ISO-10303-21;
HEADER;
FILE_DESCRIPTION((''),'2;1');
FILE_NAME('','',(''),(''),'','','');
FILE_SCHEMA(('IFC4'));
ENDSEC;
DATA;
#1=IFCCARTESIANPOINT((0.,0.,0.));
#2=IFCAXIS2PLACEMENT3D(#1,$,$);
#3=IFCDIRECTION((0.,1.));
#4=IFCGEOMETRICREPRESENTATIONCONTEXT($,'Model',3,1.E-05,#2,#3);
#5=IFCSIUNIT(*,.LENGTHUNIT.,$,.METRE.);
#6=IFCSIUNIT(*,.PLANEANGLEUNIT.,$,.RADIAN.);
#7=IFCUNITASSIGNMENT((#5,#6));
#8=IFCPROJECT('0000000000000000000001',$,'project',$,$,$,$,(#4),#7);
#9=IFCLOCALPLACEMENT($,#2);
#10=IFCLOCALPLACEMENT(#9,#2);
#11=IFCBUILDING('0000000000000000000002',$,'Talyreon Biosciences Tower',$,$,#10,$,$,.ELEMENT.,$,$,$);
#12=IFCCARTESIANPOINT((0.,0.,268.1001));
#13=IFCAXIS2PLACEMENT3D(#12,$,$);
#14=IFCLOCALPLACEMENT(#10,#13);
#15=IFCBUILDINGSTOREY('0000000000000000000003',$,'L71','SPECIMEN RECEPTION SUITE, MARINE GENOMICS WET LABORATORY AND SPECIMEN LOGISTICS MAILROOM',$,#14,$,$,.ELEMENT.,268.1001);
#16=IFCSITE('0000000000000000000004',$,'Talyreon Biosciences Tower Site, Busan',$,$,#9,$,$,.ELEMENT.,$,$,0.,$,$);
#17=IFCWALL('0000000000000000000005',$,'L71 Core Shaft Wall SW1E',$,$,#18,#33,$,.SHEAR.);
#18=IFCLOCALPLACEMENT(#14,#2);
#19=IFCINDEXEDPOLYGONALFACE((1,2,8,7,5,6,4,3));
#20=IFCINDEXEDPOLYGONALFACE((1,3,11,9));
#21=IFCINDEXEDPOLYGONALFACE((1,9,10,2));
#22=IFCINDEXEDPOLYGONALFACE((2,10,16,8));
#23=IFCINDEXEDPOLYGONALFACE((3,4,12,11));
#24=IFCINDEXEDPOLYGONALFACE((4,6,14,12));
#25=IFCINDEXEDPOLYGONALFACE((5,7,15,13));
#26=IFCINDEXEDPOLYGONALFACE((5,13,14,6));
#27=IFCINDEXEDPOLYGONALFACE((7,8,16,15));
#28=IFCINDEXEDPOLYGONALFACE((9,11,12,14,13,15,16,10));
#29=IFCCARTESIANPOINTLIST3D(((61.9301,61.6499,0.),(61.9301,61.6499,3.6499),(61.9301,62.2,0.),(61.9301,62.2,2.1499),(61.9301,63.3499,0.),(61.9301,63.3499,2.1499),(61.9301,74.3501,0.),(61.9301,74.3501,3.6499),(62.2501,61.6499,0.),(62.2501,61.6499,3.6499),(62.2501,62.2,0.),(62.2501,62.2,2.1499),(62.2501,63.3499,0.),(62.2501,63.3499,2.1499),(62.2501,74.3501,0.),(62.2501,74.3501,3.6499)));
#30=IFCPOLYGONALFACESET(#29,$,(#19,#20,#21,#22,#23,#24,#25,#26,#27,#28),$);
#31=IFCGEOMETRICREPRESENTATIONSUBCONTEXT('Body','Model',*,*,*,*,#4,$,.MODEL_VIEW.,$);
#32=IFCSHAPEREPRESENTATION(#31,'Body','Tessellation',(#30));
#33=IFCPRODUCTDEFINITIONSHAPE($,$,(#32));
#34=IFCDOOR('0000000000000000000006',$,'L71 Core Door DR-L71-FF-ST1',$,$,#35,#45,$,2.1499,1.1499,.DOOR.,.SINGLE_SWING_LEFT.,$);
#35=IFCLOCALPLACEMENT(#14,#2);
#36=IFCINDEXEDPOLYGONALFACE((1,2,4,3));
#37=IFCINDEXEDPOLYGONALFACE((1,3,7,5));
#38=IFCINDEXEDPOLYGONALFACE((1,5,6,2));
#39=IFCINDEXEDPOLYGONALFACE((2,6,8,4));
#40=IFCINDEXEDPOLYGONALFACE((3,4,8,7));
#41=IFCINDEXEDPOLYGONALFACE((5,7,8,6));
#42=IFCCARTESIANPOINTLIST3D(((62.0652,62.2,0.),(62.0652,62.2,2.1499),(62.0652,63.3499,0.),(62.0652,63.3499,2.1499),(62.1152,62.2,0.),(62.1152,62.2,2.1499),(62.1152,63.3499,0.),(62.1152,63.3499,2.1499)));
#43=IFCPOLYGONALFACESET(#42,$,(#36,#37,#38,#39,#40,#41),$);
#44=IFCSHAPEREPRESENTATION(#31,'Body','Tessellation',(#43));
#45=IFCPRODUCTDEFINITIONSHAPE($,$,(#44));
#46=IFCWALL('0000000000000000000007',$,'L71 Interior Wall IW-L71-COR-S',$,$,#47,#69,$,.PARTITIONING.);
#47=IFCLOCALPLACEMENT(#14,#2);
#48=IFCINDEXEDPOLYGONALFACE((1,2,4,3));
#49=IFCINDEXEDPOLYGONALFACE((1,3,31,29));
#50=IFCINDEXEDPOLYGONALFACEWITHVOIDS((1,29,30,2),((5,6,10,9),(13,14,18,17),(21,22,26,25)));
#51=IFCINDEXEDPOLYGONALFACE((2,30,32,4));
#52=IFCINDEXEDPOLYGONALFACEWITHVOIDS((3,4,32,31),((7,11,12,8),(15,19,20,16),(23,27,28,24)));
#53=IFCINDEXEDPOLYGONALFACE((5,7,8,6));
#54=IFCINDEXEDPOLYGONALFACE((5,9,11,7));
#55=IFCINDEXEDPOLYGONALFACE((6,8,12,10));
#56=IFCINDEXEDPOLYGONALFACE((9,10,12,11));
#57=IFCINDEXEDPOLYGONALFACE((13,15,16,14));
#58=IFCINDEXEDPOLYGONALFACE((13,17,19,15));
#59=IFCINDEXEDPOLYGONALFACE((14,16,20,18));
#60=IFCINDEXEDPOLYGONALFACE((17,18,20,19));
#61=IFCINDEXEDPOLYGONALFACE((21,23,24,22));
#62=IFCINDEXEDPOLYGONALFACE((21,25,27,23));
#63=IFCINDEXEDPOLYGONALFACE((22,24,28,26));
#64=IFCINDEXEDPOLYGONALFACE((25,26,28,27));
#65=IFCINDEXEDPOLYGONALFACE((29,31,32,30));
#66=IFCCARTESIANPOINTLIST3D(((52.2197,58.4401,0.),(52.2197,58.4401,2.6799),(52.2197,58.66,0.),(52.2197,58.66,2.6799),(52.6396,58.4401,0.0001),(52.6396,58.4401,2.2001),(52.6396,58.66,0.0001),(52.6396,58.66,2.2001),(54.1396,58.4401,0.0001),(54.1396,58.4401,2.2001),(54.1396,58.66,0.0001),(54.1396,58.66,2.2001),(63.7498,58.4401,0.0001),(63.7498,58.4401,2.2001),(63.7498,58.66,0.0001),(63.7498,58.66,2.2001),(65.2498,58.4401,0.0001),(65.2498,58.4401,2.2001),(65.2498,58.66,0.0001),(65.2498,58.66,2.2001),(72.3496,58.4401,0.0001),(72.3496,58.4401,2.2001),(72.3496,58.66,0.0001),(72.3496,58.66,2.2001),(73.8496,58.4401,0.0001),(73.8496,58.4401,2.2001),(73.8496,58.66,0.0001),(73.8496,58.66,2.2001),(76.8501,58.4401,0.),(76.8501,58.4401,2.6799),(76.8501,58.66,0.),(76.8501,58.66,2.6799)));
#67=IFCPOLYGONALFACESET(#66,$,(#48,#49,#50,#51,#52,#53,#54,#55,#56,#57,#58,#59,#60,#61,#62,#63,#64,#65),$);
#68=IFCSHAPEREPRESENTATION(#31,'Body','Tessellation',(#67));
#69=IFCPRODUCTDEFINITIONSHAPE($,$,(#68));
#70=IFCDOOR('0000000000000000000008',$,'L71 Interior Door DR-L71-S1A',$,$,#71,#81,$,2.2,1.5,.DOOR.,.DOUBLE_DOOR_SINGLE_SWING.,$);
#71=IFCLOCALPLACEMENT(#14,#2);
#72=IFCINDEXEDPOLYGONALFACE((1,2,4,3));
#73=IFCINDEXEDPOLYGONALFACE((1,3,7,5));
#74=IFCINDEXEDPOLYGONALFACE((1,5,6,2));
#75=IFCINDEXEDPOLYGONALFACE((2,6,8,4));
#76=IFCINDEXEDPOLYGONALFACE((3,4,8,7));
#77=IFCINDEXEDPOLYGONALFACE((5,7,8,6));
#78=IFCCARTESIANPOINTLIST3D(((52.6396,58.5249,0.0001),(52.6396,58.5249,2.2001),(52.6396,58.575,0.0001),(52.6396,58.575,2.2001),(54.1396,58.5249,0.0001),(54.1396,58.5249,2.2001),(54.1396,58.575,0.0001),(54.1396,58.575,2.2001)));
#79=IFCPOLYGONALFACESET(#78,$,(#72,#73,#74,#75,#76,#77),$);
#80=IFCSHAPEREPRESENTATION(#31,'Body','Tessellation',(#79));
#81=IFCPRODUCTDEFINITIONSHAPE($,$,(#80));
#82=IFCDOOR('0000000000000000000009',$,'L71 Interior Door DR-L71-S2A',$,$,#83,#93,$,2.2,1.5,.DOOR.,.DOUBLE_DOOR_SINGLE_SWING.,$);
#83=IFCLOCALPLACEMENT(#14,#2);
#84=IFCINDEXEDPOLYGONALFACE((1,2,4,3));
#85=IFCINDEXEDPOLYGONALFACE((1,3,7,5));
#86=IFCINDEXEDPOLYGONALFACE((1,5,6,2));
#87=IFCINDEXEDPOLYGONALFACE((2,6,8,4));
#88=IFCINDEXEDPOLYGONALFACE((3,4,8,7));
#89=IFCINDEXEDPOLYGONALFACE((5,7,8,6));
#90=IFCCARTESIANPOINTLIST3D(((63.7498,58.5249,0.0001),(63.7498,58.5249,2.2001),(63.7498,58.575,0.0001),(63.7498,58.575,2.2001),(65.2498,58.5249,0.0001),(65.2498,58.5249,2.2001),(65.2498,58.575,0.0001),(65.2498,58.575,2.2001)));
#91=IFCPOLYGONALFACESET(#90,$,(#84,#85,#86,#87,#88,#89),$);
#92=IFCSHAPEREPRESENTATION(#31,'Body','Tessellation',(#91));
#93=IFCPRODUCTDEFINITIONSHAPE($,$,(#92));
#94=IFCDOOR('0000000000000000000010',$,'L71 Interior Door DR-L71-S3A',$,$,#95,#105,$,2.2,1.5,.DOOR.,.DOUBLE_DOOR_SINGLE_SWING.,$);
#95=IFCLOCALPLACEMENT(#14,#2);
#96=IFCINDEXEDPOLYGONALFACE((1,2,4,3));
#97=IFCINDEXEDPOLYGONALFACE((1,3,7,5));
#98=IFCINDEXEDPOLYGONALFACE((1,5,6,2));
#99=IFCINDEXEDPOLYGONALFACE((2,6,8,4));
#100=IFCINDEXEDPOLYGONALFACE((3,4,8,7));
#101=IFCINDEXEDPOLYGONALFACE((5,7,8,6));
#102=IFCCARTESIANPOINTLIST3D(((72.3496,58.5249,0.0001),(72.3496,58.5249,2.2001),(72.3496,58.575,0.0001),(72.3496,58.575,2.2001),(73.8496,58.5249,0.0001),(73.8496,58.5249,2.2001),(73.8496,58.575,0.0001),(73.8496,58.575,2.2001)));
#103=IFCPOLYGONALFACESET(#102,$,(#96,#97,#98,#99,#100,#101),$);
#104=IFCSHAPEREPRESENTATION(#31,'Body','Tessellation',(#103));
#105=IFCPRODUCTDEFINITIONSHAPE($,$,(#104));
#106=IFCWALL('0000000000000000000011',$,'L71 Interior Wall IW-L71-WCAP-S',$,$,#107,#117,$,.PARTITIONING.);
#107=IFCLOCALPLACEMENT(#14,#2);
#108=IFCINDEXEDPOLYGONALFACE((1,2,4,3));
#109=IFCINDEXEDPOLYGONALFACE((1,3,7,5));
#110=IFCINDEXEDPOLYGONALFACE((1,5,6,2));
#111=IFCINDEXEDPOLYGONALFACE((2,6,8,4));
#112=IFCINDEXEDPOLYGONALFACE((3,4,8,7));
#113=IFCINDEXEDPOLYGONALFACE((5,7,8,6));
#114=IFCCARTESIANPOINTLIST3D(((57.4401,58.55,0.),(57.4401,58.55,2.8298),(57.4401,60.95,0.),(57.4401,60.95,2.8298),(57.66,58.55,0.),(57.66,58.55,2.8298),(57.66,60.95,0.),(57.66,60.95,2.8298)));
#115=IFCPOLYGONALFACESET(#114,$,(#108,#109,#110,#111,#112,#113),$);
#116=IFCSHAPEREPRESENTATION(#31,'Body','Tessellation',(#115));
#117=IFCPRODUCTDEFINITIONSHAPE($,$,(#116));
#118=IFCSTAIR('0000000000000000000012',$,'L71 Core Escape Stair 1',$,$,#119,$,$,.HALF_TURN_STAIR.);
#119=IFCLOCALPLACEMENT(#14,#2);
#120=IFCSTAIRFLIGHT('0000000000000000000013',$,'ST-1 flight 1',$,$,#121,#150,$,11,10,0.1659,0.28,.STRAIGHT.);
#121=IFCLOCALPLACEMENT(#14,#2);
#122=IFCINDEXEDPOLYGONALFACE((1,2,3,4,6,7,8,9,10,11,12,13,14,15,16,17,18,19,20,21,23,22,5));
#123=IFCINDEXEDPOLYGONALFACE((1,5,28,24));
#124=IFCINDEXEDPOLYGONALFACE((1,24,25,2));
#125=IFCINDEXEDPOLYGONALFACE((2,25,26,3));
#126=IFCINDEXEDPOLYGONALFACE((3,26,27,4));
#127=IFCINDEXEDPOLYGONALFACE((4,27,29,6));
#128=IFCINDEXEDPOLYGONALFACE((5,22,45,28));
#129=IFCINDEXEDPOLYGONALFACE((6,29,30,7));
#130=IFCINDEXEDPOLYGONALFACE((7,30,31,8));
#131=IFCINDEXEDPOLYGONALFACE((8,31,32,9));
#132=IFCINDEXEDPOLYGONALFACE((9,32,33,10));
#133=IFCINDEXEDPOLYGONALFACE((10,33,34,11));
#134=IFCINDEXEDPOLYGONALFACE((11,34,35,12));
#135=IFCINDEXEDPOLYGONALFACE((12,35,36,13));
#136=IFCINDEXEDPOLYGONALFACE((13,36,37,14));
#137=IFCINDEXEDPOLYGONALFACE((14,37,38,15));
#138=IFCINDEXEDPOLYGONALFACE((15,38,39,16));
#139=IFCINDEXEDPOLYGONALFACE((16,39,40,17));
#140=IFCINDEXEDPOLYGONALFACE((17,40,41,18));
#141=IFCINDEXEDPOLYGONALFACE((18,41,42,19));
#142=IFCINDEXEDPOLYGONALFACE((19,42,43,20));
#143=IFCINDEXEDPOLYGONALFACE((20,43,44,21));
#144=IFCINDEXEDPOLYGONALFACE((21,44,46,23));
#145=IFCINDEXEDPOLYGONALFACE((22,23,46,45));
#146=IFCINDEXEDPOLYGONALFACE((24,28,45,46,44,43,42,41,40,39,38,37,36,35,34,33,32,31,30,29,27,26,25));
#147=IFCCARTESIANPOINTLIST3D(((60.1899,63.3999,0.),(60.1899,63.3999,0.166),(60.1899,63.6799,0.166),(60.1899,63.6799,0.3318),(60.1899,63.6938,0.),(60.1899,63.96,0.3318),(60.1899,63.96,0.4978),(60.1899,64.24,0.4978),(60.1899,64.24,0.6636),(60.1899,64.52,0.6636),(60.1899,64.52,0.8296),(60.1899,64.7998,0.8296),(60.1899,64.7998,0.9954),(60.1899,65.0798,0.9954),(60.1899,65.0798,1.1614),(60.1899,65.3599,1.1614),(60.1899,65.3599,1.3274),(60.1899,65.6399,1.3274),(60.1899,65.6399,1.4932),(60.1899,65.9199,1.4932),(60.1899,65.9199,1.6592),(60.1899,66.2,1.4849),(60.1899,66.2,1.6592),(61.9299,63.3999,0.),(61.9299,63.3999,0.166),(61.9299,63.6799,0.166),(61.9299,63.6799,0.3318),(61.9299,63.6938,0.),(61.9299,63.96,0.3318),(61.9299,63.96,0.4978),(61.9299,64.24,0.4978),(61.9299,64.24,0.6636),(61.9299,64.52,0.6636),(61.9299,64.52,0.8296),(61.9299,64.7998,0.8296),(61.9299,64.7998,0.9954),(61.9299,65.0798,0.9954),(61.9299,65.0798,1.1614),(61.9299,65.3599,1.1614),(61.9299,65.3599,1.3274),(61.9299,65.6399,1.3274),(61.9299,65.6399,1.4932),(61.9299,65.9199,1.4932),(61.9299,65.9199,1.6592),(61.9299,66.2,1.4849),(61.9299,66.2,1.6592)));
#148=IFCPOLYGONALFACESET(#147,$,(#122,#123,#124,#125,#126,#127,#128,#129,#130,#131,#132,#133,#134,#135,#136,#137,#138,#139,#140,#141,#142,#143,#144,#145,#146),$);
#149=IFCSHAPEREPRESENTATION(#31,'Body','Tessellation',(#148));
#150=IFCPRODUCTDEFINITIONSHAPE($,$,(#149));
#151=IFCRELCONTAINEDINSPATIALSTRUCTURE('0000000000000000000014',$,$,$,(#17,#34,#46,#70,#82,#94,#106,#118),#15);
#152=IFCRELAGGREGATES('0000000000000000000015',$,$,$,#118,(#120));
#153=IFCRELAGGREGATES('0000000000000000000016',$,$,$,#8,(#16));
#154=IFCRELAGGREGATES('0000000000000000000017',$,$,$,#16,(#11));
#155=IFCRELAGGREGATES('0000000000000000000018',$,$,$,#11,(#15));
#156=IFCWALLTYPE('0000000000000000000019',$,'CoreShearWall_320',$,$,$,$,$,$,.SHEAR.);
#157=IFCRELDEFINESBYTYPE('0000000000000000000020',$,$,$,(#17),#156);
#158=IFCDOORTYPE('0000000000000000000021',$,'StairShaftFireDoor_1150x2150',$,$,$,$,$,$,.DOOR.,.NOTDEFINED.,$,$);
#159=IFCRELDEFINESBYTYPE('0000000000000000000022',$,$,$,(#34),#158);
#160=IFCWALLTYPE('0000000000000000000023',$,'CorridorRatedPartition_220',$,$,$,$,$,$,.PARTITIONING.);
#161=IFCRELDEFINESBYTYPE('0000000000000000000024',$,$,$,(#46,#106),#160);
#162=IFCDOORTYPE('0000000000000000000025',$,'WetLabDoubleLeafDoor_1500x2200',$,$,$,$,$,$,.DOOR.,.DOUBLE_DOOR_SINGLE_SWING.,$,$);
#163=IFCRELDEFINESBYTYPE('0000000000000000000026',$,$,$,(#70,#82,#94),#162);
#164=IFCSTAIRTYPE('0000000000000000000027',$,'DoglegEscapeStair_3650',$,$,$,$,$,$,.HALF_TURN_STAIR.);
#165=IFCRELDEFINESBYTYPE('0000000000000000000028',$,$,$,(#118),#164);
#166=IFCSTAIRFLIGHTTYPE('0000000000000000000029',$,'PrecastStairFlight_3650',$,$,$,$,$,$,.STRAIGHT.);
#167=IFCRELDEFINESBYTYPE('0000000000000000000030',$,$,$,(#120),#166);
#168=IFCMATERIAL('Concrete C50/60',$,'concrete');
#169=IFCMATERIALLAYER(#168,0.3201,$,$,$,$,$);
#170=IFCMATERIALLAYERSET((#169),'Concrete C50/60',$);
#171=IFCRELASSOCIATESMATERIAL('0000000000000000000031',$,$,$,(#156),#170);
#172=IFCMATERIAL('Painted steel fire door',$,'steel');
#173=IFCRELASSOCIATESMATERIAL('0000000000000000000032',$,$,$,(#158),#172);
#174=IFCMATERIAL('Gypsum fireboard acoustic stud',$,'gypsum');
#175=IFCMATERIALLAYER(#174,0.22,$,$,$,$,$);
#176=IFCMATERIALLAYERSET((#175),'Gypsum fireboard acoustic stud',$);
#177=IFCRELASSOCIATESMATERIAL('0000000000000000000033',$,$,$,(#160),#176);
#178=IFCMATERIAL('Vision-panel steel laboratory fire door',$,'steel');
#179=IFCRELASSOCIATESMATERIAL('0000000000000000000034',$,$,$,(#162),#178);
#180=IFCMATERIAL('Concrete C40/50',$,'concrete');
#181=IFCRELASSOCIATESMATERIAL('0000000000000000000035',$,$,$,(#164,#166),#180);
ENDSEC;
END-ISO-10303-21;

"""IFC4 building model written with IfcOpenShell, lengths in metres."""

from ifc_helpers import new_model, si_unit, direction, frame, frame_2d, origin, place, context, subcontext, project, spatial, polyline, rectangle, outline, extrude, material, layer, layer_set, type_object, element, fill, aggregate, save


model = new_model("IFC4")

# Units and contexts
model_context = context("Model", 3, precision=1e-05, world=origin(), true_north=direction((0.0, 1.0)))
body_context = subcontext(model_context, "Body", "Model", "MODEL_VIEW")
ifc_project = project(units=[si_unit("LENGTHUNIT", "METRE"), si_unit("PLANEANGLEUNIT", "RADIAN")], contexts=[model_context])

# Site, building, storey
site_placement = place(None, origin())
site = spatial("IfcSite", under=ifc_project, at=site_placement, Name="Talyreon Biosciences Tower Site, Busan", CompositionType="ELEMENT", RefElevation=0.0)
building_placement = place(site_placement, origin())
building = spatial("IfcBuilding", under=site, at=building_placement, Name="Talyreon Biosciences Tower", CompositionType="ELEMENT")
storey_placement = place(building_placement, frame((0.0, 0.0, 268.1001)))
storey = spatial("IfcBuildingStorey", under=building, at=storey_placement, Name="L71", Description="SPECIMEN RECEPTION SUITE, MARINE GENOMICS WET LABORATORY AND SPECIMEN LOGISTICS MAILROOM", CompositionType="ELEMENT", Elevation=268.1001)

# Shared definitions
ifc_material_1 = material(Name="Concrete C50/60", Category="concrete")

# Wall, opening, door
ifc_layer_1 = layer(ifc_material_1, 0.3201)
ifc_layer_set_1 = layer_set([ifc_layer_1], Name="Concrete C50/60")
wall_type_1 = type_object("IfcWallType", Name="CoreShearWall_320", PredefinedType="SHEAR", material=ifc_layer_set_1)
wall_1_placement = place(storey_placement, frame((62.0901, 61.6499, 0.0), z_axis=(0.0, 0.0, 1.0), x_axis=(0.0, 1.0, 0.0)))
wall_1 = element("IfcWall", 1, at=wall_1_placement, inside=storey, type_object=wall_type_1, Name="L71 Core Shaft Wall SW1E", PredefinedType="SHEAR", context=body_context, shape_type="SweptSolid", body=[
    extrude(rectangle(XDim=12.7002, YDim=0.3201, at=frame_2d((6.3501, 0.0))), origin(), (0.0, 0.0, 1.0), 3.6499),
])
opening_1_placement = place(wall_1_placement, frame((0.55, 0.0, 0.0)))
opening_1 = element("IfcOpeningElement", 2, at=opening_1_placement, cuts=wall_1, PredefinedType="OPENING", context=body_context, shape_type="SweptSolid", body=[
    extrude(rectangle(XDim=1.1499, YDim=2.1499, at=frame_2d((0.575, 1.075))), frame((0.0, 0.1699, 0.0), z_axis=(0.0, -1.0, 0.0), x_axis=(1.0, 0.0, 0.0)), (0.0, 0.0, 1.0), 0.3401),
])
ifc_material_2 = material(Name="Painted steel fire door", Category="steel")
door_type_1 = type_object("IfcDoorType", Name="StairShaftFireDoor_1150x2150", OperationType="NOTDEFINED", PredefinedType="DOOR", material=ifc_material_2)
door_1_placement = place(opening_1_placement, origin())
door_1 = element("IfcDoor", 3, at=door_1_placement, inside=storey, type_object=door_type_1, Name="L71 Core Door DR-L71-FF-ST1", OperationType="SINGLE_SWING_LEFT", OverallHeight=2.1499, OverallWidth=1.1499, PredefinedType="DOOR", context=body_context, shape_type="SweptSolid", body=[
    extrude(rectangle(XDim=1.1499, YDim=2.1499, at=frame_2d((0.575, 1.075))), frame((0.0, 0.0249, 0.0), z_axis=(0.0, -1.0, 0.0), x_axis=(1.0, 0.0, 0.0)), (0.0, 0.0, 1.0), 0.05),
])
fill(opening_1, door_1)

# Wall, openings, doors
ifc_material_3 = material(Name="Gypsum fireboard acoustic stud", Category="gypsum")
ifc_layer_2 = layer(ifc_material_3, 0.22)
ifc_layer_set_2 = layer_set([ifc_layer_2], Name="Gypsum fireboard acoustic stud")
wall_type_2 = type_object("IfcWallType", Name="CorridorRatedPartition_220", PredefinedType="PARTITIONING", material=ifc_layer_set_2)
wall_2_placement = place(storey_placement, frame((52.2197, 58.55, 0.0), z_axis=(0.0, 0.0, 1.0), x_axis=(1.0, 0.0, 0.0)))
wall_2 = element("IfcWall", 4, at=wall_2_placement, inside=storey, type_object=wall_type_2, Name="L71 Interior Wall IW-L71-COR-S", PredefinedType="PARTITIONING", context=body_context, shape_type="SweptSolid", body=[
    extrude(rectangle(XDim=24.6304, YDim=0.22, at=frame_2d((12.3152, 0.0))), origin(), (0.0, 0.0, 1.0), 2.6799),
])
opening_2_placement = place(wall_2_placement, frame((0.4199, 0.0, 0.0)))
opening_2 = element("IfcOpeningElement", 5, at=opening_2_placement, cuts=wall_2, PredefinedType="OPENING", context=body_context, shape_type="SweptSolid", body=[
    extrude(rectangle(XDim=1.5, YDim=2.2, at=frame_2d((0.75, 1.1001))), frame((0.0, 0.1199, 0.0), z_axis=(0.0, -1.0, 0.0), x_axis=(1.0, 0.0, 0.0)), (0.0, 0.0, 1.0), 0.24),
])
opening_3_placement = place(wall_2_placement, frame((11.53, 0.0, 0.0)))
opening_3 = element("IfcOpeningElement", 6, at=opening_3_placement, cuts=wall_2, PredefinedType="OPENING", context=body_context, shape_type="SweptSolid", body=[
    extrude(rectangle(XDim=1.5, YDim=2.2, at=frame_2d((0.75, 1.1001))), frame((0.0, 0.1199, 0.0), z_axis=(0.0, -1.0, 0.0), x_axis=(1.0, 0.0, 0.0)), (0.0, 0.0, 1.0), 0.24),
])
opening_4_placement = place(wall_2_placement, frame((20.1299, 0.0, 0.0)))
opening_4 = element("IfcOpeningElement", 7, at=opening_4_placement, cuts=wall_2, PredefinedType="OPENING", context=body_context, shape_type="SweptSolid", body=[
    extrude(rectangle(XDim=1.5, YDim=2.2, at=frame_2d((0.75, 1.1001))), frame((0.0, 0.1199, 0.0), z_axis=(0.0, -1.0, 0.0), x_axis=(1.0, 0.0, 0.0)), (0.0, 0.0, 1.0), 0.24),
])
ifc_material_4 = material(Name="Vision-panel steel laboratory fire door", Category="steel")
door_type_2 = type_object("IfcDoorType", Name="WetLabDoubleLeafDoor_1500x2200", OperationType="DOUBLE_DOOR_SINGLE_SWING", PredefinedType="DOOR", material=ifc_material_4)
door_2_placement = place(opening_2_placement, origin())
door_2 = element("IfcDoor", 8, at=door_2_placement, inside=storey, type_object=door_type_2, Name="L71 Interior Door DR-L71-S1A", OperationType="DOUBLE_DOOR_SINGLE_SWING", OverallHeight=2.2, OverallWidth=1.5, PredefinedType="DOOR", context=body_context, shape_type="SweptSolid", body=[
    extrude(rectangle(XDim=1.5, YDim=2.2, at=frame_2d((0.75, 1.1001))), frame((0.0, 0.0249, 0.0), z_axis=(0.0, -1.0, 0.0), x_axis=(1.0, 0.0, 0.0)), (0.0, 0.0, 1.0), 0.05),
])
fill(opening_2, door_2)
door_3_placement = place(opening_3_placement, origin())
door_3 = element("IfcDoor", 9, at=door_3_placement, inside=storey, type_object=door_type_2, Name="L71 Interior Door DR-L71-S2A", OperationType="DOUBLE_DOOR_SINGLE_SWING", OverallHeight=2.2, OverallWidth=1.5, PredefinedType="DOOR", context=body_context, shape_type="SweptSolid", body=[
    extrude(rectangle(XDim=1.5, YDim=2.2, at=frame_2d((0.75, 1.1001))), frame((0.0, 0.0249, 0.0), z_axis=(0.0, -1.0, 0.0), x_axis=(1.0, 0.0, 0.0)), (0.0, 0.0, 1.0), 0.05),
])
fill(opening_3, door_3)
door_4_placement = place(opening_4_placement, origin())
door_4 = element("IfcDoor", 10, at=door_4_placement, inside=storey, type_object=door_type_2, Name="L71 Interior Door DR-L71-S3A", OperationType="DOUBLE_DOOR_SINGLE_SWING", OverallHeight=2.2, OverallWidth=1.5, PredefinedType="DOOR", context=body_context, shape_type="SweptSolid", body=[
    extrude(rectangle(XDim=1.5, YDim=2.2, at=frame_2d((0.75, 1.1001))), frame((0.0, 0.0249, 0.0), z_axis=(0.0, -1.0, 0.0), x_axis=(1.0, 0.0, 0.0)), (0.0, 0.0, 1.0), 0.05),
])
fill(opening_4, door_4)

# Wall
wall_3_placement = place(storey_placement, frame((57.55, 58.55, 0.0), z_axis=(0.0, 0.0, 1.0), x_axis=(0.0, 1.0, 0.0)))
element("IfcWall", 11, at=wall_3_placement, inside=storey, type_object=wall_type_2, Name="L71 Interior Wall IW-L71-WCAP-S", PredefinedType="PARTITIONING", context=body_context, shape_type="SweptSolid", body=[
    extrude(rectangle(XDim=2.3999, YDim=0.22, at=frame_2d((1.2, 0.0))), origin(), (0.0, 0.0, 1.0), 2.8298),
])

# Stair, stair flight
ifc_material_5 = material(Name="Concrete C40/50", Category="concrete")
stair_type = type_object("IfcStairType", Name="DoglegEscapeStair_3650", PredefinedType="HALF_TURN_STAIR", material=ifc_material_5)
stair_placement = place(storey_placement, origin())
stair = element("IfcStair", 12, at=stair_placement, inside=storey, type_object=stair_type, Name="L71 Core Escape Stair 1", PredefinedType="HALF_TURN_STAIR")
stair_flight_type = type_object("IfcStairFlightType", Name="PrecastStairFlight_3650", PredefinedType="STRAIGHT", material=ifc_material_5)
stair_flight_placement = place(storey_placement, frame((61.0601, 63.3999, 0.0), z_axis=(0.0, 0.0, 1.0), x_axis=(0.0, 1.0, 0.0)))
stair_flight = element("IfcStairFlight", 13, at=stair_flight_placement, type_object=stair_flight_type, Name="ST-1 flight 1", NumberOfRisers=11, NumberOfTreads=10, PredefinedType="STRAIGHT", RiserHeight=0.1659, TreadLength=0.28, context=body_context, shape_type="SweptSolid", body=[
    extrude(outline(polyline([(0.0, 0.0), (0.0, 0.166), (0.28, 0.166), (0.28, 0.3318), (0.5601, 0.3318), (0.5601, 0.4978), (0.8401, 0.4978), (0.8401, 0.6636), (1.1201, 0.6636), (1.1201, 0.8296), (1.3999, 0.8296), (1.3999, 0.9954), (1.6799, 0.9954), (1.6799, 1.1614), (1.96, 1.1614), (1.96, 1.3274), (2.24, 1.3274), (2.24, 1.4932), (2.52, 1.4932), (2.52, 1.6592), (2.8, 1.6592), (2.8, 1.825), (2.8, 1.4849), (0.2939, 0.0), (0.0, 0.0)])), frame((0.0, 0.8701, 0.0), z_axis=(0.0, -1.0, 0.0), x_axis=(1.0, 0.0, 0.0)), (0.0, 0.0, 1.0), 1.74),
])
aggregate(stair, [stair_flight])

save(model, "model.ifc")
